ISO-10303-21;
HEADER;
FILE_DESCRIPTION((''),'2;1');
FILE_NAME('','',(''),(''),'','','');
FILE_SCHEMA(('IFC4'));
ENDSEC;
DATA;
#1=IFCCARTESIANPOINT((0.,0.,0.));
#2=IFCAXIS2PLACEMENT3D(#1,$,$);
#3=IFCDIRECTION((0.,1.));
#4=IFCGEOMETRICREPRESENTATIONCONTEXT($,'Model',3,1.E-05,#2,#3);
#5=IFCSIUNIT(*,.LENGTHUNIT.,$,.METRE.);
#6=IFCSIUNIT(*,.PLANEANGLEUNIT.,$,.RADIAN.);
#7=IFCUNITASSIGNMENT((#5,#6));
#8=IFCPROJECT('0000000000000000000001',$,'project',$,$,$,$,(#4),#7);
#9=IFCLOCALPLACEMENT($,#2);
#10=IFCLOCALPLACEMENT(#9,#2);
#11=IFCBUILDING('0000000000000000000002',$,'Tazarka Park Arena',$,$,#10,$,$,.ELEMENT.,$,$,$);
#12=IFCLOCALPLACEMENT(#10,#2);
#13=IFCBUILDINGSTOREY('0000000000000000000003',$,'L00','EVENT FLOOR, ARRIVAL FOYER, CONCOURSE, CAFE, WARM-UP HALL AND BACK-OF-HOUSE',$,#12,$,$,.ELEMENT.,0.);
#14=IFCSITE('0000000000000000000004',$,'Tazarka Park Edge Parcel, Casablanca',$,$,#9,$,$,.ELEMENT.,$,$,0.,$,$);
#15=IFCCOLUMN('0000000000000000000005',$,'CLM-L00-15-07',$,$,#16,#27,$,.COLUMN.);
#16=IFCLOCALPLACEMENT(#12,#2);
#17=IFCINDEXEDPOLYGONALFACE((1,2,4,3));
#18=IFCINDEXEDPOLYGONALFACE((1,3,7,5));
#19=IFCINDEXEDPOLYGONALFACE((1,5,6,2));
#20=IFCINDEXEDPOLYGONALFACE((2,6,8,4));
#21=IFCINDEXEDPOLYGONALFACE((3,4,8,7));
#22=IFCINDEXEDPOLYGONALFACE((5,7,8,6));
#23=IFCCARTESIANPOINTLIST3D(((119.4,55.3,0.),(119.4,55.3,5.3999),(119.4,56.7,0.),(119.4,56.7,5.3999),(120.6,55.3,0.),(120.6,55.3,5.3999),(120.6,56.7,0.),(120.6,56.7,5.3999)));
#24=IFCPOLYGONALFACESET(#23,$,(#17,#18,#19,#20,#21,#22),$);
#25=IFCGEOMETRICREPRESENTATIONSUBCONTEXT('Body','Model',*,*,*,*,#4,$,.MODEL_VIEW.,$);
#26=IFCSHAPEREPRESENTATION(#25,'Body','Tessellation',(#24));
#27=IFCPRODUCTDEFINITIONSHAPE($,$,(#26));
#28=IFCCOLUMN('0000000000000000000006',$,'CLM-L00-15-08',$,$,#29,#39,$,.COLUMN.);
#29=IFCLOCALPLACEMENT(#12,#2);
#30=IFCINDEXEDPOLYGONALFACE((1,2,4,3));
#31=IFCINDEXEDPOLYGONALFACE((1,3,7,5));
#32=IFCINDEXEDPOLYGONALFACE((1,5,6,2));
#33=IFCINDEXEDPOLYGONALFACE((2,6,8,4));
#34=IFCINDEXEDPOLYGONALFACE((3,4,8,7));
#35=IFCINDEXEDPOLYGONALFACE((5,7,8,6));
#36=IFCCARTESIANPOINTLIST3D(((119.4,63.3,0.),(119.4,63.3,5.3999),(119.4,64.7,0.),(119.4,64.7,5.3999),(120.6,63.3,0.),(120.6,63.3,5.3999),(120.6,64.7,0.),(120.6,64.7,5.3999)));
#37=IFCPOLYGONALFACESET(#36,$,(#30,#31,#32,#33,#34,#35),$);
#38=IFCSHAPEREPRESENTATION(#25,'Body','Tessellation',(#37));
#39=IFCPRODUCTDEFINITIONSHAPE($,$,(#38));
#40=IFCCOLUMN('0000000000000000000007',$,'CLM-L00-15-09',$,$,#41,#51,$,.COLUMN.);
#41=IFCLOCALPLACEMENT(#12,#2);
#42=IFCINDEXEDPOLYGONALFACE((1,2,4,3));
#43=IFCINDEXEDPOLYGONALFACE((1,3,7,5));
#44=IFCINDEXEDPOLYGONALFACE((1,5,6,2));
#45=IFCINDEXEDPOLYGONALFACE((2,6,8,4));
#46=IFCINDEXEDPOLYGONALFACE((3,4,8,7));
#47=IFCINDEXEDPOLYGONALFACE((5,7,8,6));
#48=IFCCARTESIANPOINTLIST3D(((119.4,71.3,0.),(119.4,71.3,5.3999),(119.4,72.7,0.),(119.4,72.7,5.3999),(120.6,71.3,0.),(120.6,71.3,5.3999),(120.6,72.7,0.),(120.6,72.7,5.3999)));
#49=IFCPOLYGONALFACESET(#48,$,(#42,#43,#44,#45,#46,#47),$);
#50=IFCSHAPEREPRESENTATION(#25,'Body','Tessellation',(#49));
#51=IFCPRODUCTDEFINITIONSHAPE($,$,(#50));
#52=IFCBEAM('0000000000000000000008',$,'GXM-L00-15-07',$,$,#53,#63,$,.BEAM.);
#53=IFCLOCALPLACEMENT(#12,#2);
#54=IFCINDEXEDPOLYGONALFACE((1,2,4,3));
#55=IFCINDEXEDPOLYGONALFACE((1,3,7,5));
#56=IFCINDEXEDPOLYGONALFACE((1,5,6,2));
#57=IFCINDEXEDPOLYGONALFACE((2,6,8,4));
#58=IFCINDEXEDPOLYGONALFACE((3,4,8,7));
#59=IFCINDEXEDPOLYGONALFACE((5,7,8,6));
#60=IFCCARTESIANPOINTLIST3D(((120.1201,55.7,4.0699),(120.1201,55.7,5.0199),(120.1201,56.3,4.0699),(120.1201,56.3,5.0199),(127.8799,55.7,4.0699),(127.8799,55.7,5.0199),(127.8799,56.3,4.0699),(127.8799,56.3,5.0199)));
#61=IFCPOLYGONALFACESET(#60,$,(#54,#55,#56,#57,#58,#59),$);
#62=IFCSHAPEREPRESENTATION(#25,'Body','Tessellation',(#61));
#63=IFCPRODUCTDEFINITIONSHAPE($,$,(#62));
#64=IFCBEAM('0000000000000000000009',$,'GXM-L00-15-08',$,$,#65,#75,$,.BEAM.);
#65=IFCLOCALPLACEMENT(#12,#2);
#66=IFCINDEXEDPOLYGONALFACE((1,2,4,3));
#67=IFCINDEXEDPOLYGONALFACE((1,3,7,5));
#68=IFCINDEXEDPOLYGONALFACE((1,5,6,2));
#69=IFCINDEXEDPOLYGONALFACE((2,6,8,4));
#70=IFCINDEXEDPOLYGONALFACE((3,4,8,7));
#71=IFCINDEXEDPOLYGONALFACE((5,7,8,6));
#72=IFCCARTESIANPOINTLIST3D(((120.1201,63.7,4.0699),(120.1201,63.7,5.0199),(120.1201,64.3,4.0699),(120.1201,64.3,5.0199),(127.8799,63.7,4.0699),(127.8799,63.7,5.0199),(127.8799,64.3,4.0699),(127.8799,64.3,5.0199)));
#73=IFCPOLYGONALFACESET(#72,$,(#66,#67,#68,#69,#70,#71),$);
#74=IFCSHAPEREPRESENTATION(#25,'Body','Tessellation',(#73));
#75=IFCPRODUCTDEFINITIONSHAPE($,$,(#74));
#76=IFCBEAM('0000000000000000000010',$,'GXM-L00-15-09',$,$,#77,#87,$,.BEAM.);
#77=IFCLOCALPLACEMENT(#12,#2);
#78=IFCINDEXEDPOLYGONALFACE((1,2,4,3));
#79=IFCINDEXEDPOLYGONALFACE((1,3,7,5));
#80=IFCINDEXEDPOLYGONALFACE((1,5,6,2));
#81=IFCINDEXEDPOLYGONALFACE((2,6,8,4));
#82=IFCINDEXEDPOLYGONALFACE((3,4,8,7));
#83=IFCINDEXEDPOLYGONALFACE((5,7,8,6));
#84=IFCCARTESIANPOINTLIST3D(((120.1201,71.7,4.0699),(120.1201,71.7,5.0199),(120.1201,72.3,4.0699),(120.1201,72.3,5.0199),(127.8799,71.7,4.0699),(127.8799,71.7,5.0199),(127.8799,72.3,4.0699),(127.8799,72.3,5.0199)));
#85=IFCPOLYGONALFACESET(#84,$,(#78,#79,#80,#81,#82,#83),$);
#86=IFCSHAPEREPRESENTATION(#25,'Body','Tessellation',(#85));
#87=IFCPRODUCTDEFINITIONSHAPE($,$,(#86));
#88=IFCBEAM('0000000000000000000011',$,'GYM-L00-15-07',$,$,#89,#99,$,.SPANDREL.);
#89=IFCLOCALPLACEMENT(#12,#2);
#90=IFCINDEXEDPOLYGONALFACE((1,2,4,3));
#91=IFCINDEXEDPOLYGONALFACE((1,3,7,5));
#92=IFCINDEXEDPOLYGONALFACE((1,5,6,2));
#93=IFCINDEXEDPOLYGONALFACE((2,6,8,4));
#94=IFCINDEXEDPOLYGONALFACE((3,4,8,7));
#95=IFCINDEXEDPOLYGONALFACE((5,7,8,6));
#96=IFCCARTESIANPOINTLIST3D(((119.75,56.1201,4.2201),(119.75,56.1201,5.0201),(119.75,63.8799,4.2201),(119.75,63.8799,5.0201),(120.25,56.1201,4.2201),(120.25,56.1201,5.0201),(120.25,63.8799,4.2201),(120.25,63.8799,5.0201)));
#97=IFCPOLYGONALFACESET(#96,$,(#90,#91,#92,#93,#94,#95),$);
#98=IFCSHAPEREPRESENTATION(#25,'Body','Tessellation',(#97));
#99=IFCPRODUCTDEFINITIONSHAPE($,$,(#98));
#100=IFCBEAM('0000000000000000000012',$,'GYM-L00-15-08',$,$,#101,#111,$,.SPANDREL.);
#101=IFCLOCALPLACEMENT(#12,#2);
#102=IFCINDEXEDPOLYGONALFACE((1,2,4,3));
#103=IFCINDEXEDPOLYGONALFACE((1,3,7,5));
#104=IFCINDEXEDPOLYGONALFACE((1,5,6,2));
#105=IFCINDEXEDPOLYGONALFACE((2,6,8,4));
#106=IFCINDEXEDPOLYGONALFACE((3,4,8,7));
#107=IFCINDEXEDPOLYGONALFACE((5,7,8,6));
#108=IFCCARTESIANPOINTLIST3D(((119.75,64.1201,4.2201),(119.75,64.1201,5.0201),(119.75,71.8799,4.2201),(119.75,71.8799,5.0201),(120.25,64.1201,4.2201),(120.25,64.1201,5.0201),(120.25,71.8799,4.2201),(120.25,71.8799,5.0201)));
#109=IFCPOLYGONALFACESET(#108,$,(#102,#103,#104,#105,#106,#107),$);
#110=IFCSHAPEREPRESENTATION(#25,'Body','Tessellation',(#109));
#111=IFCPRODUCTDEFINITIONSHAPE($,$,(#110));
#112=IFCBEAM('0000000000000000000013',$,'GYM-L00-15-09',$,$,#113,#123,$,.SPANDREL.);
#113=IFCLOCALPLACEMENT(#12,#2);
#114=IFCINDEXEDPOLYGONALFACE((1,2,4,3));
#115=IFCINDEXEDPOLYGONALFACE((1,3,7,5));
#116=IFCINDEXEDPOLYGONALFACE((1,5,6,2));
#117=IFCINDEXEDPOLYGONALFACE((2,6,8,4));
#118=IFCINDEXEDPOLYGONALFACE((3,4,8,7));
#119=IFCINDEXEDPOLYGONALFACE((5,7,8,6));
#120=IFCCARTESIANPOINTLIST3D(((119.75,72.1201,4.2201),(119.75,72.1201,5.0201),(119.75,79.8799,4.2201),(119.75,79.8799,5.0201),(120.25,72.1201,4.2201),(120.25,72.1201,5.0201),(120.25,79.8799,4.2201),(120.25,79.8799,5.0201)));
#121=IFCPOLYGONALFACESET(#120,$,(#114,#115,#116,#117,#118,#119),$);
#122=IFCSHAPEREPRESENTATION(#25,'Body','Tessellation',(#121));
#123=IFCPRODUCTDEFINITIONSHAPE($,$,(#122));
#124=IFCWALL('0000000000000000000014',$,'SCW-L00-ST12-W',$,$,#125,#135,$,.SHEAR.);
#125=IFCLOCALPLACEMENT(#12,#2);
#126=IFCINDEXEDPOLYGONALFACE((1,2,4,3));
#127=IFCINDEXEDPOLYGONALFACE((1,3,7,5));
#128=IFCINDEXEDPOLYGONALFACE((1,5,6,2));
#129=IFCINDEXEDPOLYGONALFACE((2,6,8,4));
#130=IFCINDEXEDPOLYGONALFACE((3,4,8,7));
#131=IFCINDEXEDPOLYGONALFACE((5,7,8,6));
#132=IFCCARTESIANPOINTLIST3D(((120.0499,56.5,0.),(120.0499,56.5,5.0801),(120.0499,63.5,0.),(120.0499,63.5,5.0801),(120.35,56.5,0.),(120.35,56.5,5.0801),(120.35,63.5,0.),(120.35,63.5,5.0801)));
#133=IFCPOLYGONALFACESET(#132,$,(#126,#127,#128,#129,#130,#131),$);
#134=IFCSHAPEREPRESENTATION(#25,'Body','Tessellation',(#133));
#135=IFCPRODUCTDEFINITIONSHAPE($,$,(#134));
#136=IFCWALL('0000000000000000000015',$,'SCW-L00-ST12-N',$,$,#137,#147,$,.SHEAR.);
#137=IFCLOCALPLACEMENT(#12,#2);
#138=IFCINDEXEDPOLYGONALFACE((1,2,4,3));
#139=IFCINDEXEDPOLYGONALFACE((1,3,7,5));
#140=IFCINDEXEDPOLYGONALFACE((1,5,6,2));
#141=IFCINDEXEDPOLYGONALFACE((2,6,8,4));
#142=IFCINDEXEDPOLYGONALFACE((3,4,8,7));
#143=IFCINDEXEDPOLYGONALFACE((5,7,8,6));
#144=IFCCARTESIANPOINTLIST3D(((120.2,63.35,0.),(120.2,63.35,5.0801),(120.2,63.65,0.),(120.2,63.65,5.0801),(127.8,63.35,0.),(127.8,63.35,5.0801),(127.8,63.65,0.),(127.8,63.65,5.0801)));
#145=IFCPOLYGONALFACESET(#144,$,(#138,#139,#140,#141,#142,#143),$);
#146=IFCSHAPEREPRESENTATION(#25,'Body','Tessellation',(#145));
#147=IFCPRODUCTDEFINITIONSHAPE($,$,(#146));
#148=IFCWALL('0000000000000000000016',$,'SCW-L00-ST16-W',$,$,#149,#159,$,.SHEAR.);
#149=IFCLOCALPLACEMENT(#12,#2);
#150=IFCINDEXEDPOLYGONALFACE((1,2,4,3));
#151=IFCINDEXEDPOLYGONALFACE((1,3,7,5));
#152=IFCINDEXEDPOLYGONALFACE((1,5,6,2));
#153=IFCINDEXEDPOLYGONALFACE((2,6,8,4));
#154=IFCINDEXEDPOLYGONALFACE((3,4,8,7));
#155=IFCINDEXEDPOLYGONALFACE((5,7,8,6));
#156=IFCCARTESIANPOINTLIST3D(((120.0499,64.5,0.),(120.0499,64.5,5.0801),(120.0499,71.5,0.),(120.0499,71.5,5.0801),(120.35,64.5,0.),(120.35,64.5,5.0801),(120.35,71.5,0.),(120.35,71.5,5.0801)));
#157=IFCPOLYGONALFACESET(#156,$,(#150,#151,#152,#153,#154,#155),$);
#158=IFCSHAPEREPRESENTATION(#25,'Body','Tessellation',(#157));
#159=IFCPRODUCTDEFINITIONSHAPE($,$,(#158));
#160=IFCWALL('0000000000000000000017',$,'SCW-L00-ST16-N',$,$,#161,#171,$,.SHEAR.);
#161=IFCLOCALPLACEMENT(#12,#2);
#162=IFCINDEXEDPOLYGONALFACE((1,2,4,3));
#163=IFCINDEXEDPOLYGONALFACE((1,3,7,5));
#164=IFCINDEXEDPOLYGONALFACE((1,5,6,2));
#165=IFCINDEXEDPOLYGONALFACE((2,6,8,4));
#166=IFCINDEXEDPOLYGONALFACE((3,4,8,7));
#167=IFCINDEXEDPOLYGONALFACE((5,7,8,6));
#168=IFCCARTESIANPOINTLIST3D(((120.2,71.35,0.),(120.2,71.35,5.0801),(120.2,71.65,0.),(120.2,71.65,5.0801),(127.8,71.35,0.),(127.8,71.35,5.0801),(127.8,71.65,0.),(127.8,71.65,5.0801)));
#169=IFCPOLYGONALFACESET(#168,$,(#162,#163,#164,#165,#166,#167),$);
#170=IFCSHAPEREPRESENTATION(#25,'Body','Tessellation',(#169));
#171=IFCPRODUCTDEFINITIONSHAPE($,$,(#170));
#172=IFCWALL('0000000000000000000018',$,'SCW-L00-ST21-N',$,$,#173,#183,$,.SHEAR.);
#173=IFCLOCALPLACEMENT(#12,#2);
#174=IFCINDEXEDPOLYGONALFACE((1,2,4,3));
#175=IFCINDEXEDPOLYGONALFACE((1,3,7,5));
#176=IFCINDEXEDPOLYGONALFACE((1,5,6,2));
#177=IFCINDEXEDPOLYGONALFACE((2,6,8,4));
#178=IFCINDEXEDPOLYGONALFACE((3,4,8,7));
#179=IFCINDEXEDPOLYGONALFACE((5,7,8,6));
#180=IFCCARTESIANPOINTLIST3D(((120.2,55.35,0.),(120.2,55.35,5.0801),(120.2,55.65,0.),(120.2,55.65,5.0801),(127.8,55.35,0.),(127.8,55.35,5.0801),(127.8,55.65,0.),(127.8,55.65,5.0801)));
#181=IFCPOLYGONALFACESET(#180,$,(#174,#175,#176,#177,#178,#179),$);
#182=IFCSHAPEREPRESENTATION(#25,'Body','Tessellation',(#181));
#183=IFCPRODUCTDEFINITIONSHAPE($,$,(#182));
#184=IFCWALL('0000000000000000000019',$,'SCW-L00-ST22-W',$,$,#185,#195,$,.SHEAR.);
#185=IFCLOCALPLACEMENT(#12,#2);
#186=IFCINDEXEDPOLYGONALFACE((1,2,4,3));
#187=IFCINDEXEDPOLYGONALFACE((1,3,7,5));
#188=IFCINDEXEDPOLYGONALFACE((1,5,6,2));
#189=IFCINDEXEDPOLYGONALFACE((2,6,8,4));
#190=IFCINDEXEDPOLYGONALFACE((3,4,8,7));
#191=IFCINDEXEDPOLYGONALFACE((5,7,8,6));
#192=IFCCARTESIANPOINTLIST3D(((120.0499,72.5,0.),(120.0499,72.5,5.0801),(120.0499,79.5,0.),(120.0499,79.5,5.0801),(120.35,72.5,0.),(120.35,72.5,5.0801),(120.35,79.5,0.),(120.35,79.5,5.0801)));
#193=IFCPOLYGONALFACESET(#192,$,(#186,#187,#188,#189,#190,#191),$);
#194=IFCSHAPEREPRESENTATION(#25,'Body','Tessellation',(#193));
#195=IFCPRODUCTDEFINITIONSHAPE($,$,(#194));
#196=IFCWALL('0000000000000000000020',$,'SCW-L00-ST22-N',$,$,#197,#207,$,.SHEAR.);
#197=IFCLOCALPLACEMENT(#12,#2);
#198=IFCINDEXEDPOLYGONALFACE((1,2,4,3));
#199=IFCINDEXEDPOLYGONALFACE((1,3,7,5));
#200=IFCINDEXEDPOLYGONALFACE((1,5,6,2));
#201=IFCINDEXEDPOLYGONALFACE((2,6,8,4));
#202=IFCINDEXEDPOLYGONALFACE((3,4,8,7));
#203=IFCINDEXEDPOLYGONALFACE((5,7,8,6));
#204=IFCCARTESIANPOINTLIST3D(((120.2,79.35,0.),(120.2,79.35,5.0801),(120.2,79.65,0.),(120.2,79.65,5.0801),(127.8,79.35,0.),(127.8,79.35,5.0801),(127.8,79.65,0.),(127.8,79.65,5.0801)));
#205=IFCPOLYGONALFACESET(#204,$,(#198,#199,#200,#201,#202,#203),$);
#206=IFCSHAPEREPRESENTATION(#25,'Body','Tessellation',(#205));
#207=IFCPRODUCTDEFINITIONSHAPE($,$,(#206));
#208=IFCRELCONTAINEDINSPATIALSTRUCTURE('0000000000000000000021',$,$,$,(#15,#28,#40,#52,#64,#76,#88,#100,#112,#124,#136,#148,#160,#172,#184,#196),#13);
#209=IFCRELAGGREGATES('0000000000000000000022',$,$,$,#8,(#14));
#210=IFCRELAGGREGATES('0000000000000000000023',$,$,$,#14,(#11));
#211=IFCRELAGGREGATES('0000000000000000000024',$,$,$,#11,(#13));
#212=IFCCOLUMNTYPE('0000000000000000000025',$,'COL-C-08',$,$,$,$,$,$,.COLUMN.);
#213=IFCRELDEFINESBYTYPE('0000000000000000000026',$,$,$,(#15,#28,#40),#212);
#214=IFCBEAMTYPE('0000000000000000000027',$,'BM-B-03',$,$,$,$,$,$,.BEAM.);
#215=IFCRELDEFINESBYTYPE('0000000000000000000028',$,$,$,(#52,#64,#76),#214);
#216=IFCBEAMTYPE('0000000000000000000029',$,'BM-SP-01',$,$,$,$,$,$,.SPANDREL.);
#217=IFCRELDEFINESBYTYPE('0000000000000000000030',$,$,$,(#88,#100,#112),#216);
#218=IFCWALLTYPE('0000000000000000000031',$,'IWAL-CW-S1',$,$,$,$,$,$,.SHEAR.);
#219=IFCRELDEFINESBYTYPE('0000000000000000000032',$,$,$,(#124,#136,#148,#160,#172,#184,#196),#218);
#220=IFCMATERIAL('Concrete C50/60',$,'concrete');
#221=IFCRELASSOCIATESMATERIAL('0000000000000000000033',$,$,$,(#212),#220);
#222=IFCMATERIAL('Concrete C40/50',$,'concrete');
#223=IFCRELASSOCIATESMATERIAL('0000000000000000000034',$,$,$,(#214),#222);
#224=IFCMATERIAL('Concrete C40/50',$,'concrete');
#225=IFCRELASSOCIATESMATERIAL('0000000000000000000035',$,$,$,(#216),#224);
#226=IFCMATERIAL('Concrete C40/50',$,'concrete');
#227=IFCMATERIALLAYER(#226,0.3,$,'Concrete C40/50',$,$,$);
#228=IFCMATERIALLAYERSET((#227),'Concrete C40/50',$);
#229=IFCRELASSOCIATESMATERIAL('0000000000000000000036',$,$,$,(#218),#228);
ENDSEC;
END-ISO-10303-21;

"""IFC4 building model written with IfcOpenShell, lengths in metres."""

from ifc_helpers import new_model, si_unit, direction, frame, frame_2d, origin, origin_2d, place, context, subcontext, project, spatial, rectangle, extrude, material, layer, layer_set, material_profile, profile_set, type_object, element, save


model = new_model("IFC4")

# Units and contexts
model_context = context("Model", 3, precision=1e-05, world=origin(), true_north=direction((0.0, 1.0)))
body_context = subcontext(model_context, "Body", "Model", "MODEL_VIEW")
ifc_project = project(units=[si_unit("LENGTHUNIT", "METRE"), si_unit("PLANEANGLEUNIT", "RADIAN")], contexts=[model_context])

# Site, building, storey
site_placement = place(None, origin())
site = spatial("IfcSite", under=ifc_project, at=site_placement, Name="Tazarka Park Edge Parcel, Casablanca", CompositionType="ELEMENT", RefElevation=0.0)
building_placement = place(site_placement, origin())
building = spatial("IfcBuilding", under=site, at=building_placement, Name="Tazarka Park Arena", CompositionType="ELEMENT")
storey_placement = place(building_placement, origin())
storey = spatial("IfcBuildingStorey", under=building, at=storey_placement, Name="L00", Description="EVENT FLOOR, ARRIVAL FOYER, CONCOURSE, CAFE, WARM-UP HALL AND BACK-OF-HOUSE", CompositionType="ELEMENT", Elevation=0.0)

# Columns
ifc_material_1 = material(Name="Concrete C50/60", Category="concrete")
ifc_material_profile_1 = material_profile(ifc_material_1, rectangle(XDim=1.2, YDim=1.3999, at=origin_2d()), Name="Concrete C50/60")
ifc_profile_set_1 = profile_set([ifc_material_profile_1], Name="Concrete C50/60")
column_type = type_object("IfcColumnType", Name="COL-C-08", PredefinedType="COLUMN", material=ifc_profile_set_1)
for number, where, z_axis, x_axis, name in (
    (1, (120.0, 56.0, 0.0), (0.0, 0.0, 1.0), (1.0, 0.0, 0.0), "CLM-L00-15-07"),
    (2, (120.0, 64.0, 0.0), (0.0, 0.0, 1.0), (1.0, 0.0, 0.0), "CLM-L00-15-08"),
    (3, (120.0, 72.0, 0.0), (0.0, 0.0, 1.0), (1.0, 0.0, 0.0), "CLM-L00-15-09"),
):
    element("IfcColumn", number, at=place(storey_placement, frame(where, z_axis=z_axis, x_axis=x_axis)), inside=storey, type_object=column_type, Name=name, PredefinedType="COLUMN", context=body_context, shape_type="SweptSolid", body=[
        extrude(rectangle(XDim=1.2, YDim=1.3999, at=origin_2d()), origin(), (0.0, 0.0, 1.0), 5.3999),
    ])

# Beams
ifc_material_2 = material(Name="Concrete C40/50", Category="concrete")
ifc_material_profile_2 = material_profile(ifc_material_2, rectangle(XDim=0.6001, YDim=0.95, at=origin_2d()), Name="Concrete C40/50")
ifc_profile_set_2 = profile_set([ifc_material_profile_2], Name="Concrete C40/50")
beam_type_1 = type_object("IfcBeamType", Name="BM-B-03", PredefinedType="BEAM", material=ifc_profile_set_2)
for number, where, z_axis, x_axis, name in (
    (4, (120.1201, 56.0, 4.5449), (1.0, 0.0, 0.0), (0.0, 1.0, 0.0), "GXM-L00-15-07"),
    (5, (120.1201, 64.0, 4.5449), (1.0, 0.0, 0.0), (0.0, 1.0, 0.0), "GXM-L00-15-08"),
    (6, (120.1201, 72.0, 4.5449), (1.0, 0.0, 0.0), (0.0, 1.0, 0.0), "GXM-L00-15-09"),
):
    element("IfcBeam", number, at=place(storey_placement, frame(where, z_axis=z_axis, x_axis=x_axis)), inside=storey, type_object=beam_type_1, Name=name, PredefinedType="BEAM", context=body_context, shape_type="SweptSolid", body=[
        extrude(rectangle(XDim=0.6001, YDim=0.95, at=origin_2d()), origin(), (0.0, 0.0, 1.0), 7.7598),
    ])
ifc_material_3 = material(Name="Concrete C40/50", Category="concrete")
ifc_material_profile_3 = material_profile(ifc_material_3, rectangle(XDim=0.5, YDim=0.8, at=origin_2d()), Name="Concrete C40/50")
ifc_profile_set_3 = profile_set([ifc_material_profile_3], Name="Concrete C40/50")
beam_type_2 = type_object("IfcBeamType", Name="BM-SP-01", PredefinedType="SPANDREL", material=ifc_profile_set_3)
for number, where, z_axis, x_axis, name in (
    (7, (120.0, 56.1201, 4.6201), (0.0, 1.0, 0.0), (-1.0, 0.0, 0.0), "GYM-L00-15-07"),
    (8, (120.0, 64.1201, 4.6201), (0.0, 1.0, 0.0), (-1.0, 0.0, 0.0), "GYM-L00-15-08"),
    (9, (120.0, 72.1201, 4.6201), (0.0, 1.0, 0.0), (-1.0, 0.0, 0.0), "GYM-L00-15-09"),
):
    element("IfcBeam", number, at=place(storey_placement, frame(where, z_axis=z_axis, x_axis=x_axis)), inside=storey, type_object=beam_type_2, Name=name, PredefinedType="SPANDREL", context=body_context, shape_type="SweptSolid", body=[
        extrude(rectangle(XDim=0.5, YDim=0.8, at=origin_2d()), origin(), (0.0, 0.0, 1.0), 7.7598),
    ])

# Walls
ifc_material_4 = material(Name="Concrete C40/50", Category="concrete")
ifc_layer = layer(ifc_material_4, 0.3, Name="Concrete C40/50")
ifc_layer_set = layer_set([ifc_layer], Name="Concrete C40/50")
wall_type = type_object("IfcWallType", Name="IWAL-CW-S1", PredefinedType="SHEAR", material=ifc_layer_set)
wall_1_placement = place(storey_placement, frame((120.2, 56.5, 0.0), z_axis=(0.0, 0.0, 1.0), x_axis=(0.0, 1.0, 0.0)))
element("IfcWall", 10, at=wall_1_placement, inside=storey, type_object=wall_type, Name="SCW-L00-ST12-W", PredefinedType="SHEAR", context=body_context, shape_type="SweptSolid", body=[
    extrude(rectangle(XDim=7.0, YDim=0.3, at=frame_2d((3.5, 0.0))), origin(), (0.0, 0.0, 1.0), 5.0801),
])
wall_2_placement = place(storey_placement, frame((120.2, 63.5, 0.0), z_axis=(0.0, 0.0, 1.0), x_axis=(1.0, 0.0, 0.0)))
element("IfcWall", 11, at=wall_2_placement, inside=storey, type_object=wall_type, Name="SCW-L00-ST12-N", PredefinedType="SHEAR", context=body_context, shape_type="SweptSolid", body=[
    extrude(rectangle(XDim=7.6001, YDim=0.3, at=frame_2d((3.8, 0.0))), origin(), (0.0, 0.0, 1.0), 5.0801),
])
wall_3_placement = place(storey_placement, frame((120.2, 64.5, 0.0), z_axis=(0.0, 0.0, 1.0), x_axis=(0.0, 1.0, 0.0)))
element("IfcWall", 12, at=wall_3_placement, inside=storey, type_object=wall_type, Name="SCW-L00-ST16-W", PredefinedType="SHEAR", context=body_context, shape_type="SweptSolid", body=[
    extrude(rectangle(XDim=7.0, YDim=0.3, at=frame_2d((3.5, 0.0))), origin(), (0.0, 0.0, 1.0), 5.0801),
])
for number, where, z_axis, x_axis, name in (
    (13, (120.2, 71.5, 0.0), (0.0, 0.0, 1.0), (1.0, 0.0, 0.0), "SCW-L00-ST16-N"),
    (14, (120.2, 55.5, 0.0), (0.0, 0.0, 1.0), (1.0, 0.0, 0.0), "SCW-L00-ST21-N"),
):
    element("IfcWall", number, at=place(storey_placement, frame(where, z_axis=z_axis, x_axis=x_axis)), inside=storey, type_object=wall_type, Name=name, PredefinedType="SHEAR", context=body_context, shape_type="SweptSolid", body=[
        extrude(rectangle(XDim=7.6001, YDim=0.3, at=frame_2d((3.8, 0.0))), origin(), (0.0, 0.0, 1.0), 5.0801),
    ])
wall_4_placement = place(storey_placement, frame((120.2, 72.5, 0.0), z_axis=(0.0, 0.0, 1.0), x_axis=(0.0, 1.0, 0.0)))
element("IfcWall", 15, at=wall_4_placement, inside=storey, type_object=wall_type, Name="SCW-L00-ST22-W", PredefinedType="SHEAR", context=body_context, shape_type="SweptSolid", body=[
    extrude(rectangle(XDim=7.0, YDim=0.3, at=frame_2d((3.5, 0.0))), origin(), (0.0, 0.0, 1.0), 5.0801),
])
wall_5_placement = place(storey_placement, frame((120.2, 79.5, 0.0), z_axis=(0.0, 0.0, 1.0), x_axis=(1.0, 0.0, 0.0)))
element("IfcWall", 16, at=wall_5_placement, inside=storey, type_object=wall_type, Name="SCW-L00-ST22-N", PredefinedType="SHEAR", context=body_context, shape_type="SweptSolid", body=[
    extrude(rectangle(XDim=7.6001, YDim=0.3, at=frame_2d((3.8, 0.0))), origin(), (0.0, 0.0, 1.0), 5.0801),
])

save(model, "model.ifc")
